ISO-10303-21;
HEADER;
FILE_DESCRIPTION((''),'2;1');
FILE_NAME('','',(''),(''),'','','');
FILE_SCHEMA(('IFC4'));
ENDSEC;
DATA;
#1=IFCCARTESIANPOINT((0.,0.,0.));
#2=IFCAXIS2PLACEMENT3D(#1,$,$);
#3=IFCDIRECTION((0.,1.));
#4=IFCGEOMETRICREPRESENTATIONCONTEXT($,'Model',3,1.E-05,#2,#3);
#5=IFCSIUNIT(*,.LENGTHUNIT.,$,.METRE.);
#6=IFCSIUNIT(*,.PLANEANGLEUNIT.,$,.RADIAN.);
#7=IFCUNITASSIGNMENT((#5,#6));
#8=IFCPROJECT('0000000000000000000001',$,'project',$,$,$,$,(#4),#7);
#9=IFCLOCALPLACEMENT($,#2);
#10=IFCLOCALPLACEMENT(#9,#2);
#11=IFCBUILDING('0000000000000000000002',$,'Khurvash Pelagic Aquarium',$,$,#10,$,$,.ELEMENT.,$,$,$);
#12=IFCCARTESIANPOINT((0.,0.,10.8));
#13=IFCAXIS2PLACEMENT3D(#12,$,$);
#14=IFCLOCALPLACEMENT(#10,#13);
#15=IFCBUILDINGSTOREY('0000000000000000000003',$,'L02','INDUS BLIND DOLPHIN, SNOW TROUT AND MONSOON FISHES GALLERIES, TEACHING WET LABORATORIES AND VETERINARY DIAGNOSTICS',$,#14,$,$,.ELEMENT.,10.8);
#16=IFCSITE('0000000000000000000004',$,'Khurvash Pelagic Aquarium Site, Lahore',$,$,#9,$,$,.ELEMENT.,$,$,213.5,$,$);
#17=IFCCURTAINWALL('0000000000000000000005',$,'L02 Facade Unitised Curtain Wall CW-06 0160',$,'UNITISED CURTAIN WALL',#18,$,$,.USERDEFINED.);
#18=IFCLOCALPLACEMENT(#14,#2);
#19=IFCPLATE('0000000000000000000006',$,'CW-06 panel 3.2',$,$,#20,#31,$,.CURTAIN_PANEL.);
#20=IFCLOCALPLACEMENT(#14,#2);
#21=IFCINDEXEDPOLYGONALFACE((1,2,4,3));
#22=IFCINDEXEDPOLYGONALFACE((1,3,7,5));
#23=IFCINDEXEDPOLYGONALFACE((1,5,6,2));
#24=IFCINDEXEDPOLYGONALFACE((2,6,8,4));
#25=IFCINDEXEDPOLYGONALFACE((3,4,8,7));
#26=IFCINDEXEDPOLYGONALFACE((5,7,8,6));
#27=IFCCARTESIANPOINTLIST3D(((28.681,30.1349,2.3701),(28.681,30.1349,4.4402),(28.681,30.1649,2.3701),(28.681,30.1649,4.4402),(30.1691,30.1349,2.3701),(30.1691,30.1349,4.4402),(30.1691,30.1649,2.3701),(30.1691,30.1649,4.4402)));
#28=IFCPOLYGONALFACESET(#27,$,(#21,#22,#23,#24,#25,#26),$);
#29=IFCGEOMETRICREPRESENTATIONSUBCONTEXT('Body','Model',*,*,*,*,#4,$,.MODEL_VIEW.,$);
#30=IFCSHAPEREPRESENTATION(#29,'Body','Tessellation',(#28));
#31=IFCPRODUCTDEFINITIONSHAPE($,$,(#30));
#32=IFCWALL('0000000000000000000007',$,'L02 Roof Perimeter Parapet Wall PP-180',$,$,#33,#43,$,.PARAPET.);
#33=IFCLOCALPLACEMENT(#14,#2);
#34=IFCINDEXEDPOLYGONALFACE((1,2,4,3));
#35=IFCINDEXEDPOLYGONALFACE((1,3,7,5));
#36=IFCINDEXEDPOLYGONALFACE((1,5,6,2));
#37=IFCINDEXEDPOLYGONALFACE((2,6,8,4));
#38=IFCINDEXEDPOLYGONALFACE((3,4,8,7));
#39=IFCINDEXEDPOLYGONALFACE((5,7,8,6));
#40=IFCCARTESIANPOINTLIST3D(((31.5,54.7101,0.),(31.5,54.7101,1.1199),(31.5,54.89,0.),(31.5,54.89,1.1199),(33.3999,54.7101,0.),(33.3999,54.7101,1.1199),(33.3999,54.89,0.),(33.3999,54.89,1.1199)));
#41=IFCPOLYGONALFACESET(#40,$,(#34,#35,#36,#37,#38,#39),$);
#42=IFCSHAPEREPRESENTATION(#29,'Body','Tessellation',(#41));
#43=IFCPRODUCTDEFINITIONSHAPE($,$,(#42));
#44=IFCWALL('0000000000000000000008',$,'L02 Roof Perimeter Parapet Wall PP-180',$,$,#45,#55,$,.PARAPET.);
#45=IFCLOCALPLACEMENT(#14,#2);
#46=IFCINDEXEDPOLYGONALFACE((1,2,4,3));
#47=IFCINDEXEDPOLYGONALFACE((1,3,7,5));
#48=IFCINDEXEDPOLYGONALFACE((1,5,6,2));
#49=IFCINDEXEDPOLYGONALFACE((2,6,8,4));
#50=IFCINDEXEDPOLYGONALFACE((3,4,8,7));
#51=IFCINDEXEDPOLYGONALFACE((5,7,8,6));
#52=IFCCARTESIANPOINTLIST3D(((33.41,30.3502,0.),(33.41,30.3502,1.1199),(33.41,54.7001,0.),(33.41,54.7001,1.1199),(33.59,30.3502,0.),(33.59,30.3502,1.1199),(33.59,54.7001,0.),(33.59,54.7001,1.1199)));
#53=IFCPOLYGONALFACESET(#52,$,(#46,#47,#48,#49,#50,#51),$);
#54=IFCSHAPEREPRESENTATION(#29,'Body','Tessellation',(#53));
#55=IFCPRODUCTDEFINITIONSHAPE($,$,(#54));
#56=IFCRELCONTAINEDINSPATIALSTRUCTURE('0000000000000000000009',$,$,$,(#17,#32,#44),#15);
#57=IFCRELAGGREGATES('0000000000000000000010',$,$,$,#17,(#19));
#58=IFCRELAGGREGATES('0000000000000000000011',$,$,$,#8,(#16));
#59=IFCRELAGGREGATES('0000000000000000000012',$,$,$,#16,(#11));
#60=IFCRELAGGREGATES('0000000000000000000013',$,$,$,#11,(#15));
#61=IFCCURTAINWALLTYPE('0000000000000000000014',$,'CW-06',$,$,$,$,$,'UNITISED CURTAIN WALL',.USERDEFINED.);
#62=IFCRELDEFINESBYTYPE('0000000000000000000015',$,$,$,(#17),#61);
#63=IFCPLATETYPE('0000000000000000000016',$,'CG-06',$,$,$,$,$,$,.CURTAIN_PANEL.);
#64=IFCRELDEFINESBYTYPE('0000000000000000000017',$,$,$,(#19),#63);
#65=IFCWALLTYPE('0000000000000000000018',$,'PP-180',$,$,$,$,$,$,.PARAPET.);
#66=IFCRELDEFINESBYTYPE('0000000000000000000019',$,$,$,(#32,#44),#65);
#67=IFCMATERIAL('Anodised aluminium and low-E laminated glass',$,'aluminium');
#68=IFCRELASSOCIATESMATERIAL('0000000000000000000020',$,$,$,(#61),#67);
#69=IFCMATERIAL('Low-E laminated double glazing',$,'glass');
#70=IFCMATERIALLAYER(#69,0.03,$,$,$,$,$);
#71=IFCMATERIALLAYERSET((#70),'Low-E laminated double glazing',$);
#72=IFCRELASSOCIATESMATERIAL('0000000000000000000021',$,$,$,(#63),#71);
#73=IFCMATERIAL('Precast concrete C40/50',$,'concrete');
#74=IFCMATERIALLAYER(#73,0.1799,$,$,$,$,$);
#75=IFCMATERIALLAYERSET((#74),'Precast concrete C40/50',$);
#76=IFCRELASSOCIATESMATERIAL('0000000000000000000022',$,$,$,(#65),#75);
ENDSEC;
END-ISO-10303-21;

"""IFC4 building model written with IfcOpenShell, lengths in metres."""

from ifc_helpers import new_model, si_unit, direction, frame, frame_2d, origin, origin_2d, place, context, subcontext, project, spatial, rectangle, extrude, material, layer, layer_set, type_object, element, aggregate, save


model = new_model("IFC4")

# Units and contexts
model_context = context("Model", 3, precision=1e-05, world=origin(), true_north=direction((0.0, 1.0)))
body_context = subcontext(model_context, "Body", "Model", "MODEL_VIEW")
ifc_project = project(units=[si_unit("LENGTHUNIT", "METRE"), si_unit("PLANEANGLEUNIT", "RADIAN")], contexts=[model_context])

# Site, building, storey
site_placement = place(None, origin())
site = spatial("IfcSite", under=ifc_project, at=site_placement, Name="Khurvash Pelagic Aquarium Site, Lahore", CompositionType="ELEMENT", RefElevation=213.5)
building_placement = place(site_placement, origin())
building = spatial("IfcBuilding", under=site, at=building_placement, Name="Khurvash Pelagic Aquarium", CompositionType="ELEMENT")
storey_placement = place(building_placement, frame((0.0, 0.0, 10.8)))
storey = spatial("IfcBuildingStorey", under=building, at=storey_placement, Name="L02", Description="INDUS BLIND DOLPHIN, SNOW TROUT AND MONSOON FISHES GALLERIES, TEACHING WET LABORATORIES AND VETERINARY DIAGNOSTICS", CompositionType="ELEMENT", Elevation=10.8)

# Curtain wall, plate
ifc_material_1 = material(Name="Anodised aluminium and low-E laminated glass", Category="aluminium")
curtain_wall_type = type_object("IfcCurtainWallType", Name="CW-06", ElementType="UNITISED CURTAIN WALL", PredefinedType="USERDEFINED", material=ifc_material_1)
curtain_wall_placement = place(storey_placement, origin())
curtain_wall = element("IfcCurtainWall", 1, at=curtain_wall_placement, inside=storey, type_object=curtain_wall_type, Name="L02 Facade Unitised Curtain Wall CW-06 0160", ObjectType="UNITISED CURTAIN WALL", PredefinedType="USERDEFINED")
ifc_material_2 = material(Name="Low-E laminated double glazing", Category="glass")
ifc_layer_1 = layer(ifc_material_2, 0.03)
ifc_layer_set_1 = layer_set([ifc_layer_1], Name="Low-E laminated double glazing")
plate_type = type_object("IfcPlateType", Name="CG-06", PredefinedType="CURTAIN_PANEL", material=ifc_layer_set_1)
plate_1_placement = place(storey_placement, frame((29.425, 30.1499, 2.3701), z_axis=(0.0, 0.0, 1.0), x_axis=(-1.0, 0.0, 0.0)))
plate_1 = element("IfcPlate", 2, at=plate_1_placement, type_object=plate_type, Name="CW-06 panel 3.2", PredefinedType="CURTAIN_PANEL", context=body_context, shape_type="SweptSolid", body=[
    extrude(rectangle(XDim=1.488, YDim=0.03, at=origin_2d()), origin(), (0.0, 0.0, 1.0), 2.0701),
])
aggregate(curtain_wall, [plate_1])

# Walls
ifc_material_3 = material(Name="Precast concrete C40/50", Category="concrete")
ifc_layer_2 = layer(ifc_material_3, 0.1799)
ifc_layer_set_2 = layer_set([ifc_layer_2], Name="Precast concrete C40/50")
wall_type = type_object("IfcWallType", Name="PP-180", PredefinedType="PARAPET", material=ifc_layer_set_2)
wall_1_placement = place(storey_placement, frame((31.5, 54.8, 0.0), z_axis=(0.0, 0.0, 1.0), x_axis=(1.0, 0.0, 0.0)))
element("IfcWall", 3, at=wall_1_placement, inside=storey, type_object=wall_type, Name="L02 Roof Perimeter Parapet Wall PP-180", PredefinedType="PARAPET", context=body_context, shape_type="SweptSolid", body=[
    extrude(rectangle(XDim=1.8999, YDim=0.1799, at=frame_2d((0.95, 0.0))), origin(), (0.0, 0.0, 1.0), 1.1199),
])
wall_2_placement = place(storey_placement, frame((33.5, 54.7, 0.0), z_axis=(0.0, 0.0, 1.0), x_axis=(0.0, -1.0, 0.0)))
element("IfcWall", 4, at=wall_2_placement, inside=storey, type_object=wall_type, Name="L02 Roof Perimeter Parapet Wall PP-180", PredefinedType="PARAPET", context=body_context, shape_type="SweptSolid", body=[
    extrude(rectangle(XDim=24.3499, YDim=0.1799, at=frame_2d((12.1748, 0.0))), origin(), (0.0, 0.0, 1.0), 1.1199),
])

save(model, "model.ifc")
